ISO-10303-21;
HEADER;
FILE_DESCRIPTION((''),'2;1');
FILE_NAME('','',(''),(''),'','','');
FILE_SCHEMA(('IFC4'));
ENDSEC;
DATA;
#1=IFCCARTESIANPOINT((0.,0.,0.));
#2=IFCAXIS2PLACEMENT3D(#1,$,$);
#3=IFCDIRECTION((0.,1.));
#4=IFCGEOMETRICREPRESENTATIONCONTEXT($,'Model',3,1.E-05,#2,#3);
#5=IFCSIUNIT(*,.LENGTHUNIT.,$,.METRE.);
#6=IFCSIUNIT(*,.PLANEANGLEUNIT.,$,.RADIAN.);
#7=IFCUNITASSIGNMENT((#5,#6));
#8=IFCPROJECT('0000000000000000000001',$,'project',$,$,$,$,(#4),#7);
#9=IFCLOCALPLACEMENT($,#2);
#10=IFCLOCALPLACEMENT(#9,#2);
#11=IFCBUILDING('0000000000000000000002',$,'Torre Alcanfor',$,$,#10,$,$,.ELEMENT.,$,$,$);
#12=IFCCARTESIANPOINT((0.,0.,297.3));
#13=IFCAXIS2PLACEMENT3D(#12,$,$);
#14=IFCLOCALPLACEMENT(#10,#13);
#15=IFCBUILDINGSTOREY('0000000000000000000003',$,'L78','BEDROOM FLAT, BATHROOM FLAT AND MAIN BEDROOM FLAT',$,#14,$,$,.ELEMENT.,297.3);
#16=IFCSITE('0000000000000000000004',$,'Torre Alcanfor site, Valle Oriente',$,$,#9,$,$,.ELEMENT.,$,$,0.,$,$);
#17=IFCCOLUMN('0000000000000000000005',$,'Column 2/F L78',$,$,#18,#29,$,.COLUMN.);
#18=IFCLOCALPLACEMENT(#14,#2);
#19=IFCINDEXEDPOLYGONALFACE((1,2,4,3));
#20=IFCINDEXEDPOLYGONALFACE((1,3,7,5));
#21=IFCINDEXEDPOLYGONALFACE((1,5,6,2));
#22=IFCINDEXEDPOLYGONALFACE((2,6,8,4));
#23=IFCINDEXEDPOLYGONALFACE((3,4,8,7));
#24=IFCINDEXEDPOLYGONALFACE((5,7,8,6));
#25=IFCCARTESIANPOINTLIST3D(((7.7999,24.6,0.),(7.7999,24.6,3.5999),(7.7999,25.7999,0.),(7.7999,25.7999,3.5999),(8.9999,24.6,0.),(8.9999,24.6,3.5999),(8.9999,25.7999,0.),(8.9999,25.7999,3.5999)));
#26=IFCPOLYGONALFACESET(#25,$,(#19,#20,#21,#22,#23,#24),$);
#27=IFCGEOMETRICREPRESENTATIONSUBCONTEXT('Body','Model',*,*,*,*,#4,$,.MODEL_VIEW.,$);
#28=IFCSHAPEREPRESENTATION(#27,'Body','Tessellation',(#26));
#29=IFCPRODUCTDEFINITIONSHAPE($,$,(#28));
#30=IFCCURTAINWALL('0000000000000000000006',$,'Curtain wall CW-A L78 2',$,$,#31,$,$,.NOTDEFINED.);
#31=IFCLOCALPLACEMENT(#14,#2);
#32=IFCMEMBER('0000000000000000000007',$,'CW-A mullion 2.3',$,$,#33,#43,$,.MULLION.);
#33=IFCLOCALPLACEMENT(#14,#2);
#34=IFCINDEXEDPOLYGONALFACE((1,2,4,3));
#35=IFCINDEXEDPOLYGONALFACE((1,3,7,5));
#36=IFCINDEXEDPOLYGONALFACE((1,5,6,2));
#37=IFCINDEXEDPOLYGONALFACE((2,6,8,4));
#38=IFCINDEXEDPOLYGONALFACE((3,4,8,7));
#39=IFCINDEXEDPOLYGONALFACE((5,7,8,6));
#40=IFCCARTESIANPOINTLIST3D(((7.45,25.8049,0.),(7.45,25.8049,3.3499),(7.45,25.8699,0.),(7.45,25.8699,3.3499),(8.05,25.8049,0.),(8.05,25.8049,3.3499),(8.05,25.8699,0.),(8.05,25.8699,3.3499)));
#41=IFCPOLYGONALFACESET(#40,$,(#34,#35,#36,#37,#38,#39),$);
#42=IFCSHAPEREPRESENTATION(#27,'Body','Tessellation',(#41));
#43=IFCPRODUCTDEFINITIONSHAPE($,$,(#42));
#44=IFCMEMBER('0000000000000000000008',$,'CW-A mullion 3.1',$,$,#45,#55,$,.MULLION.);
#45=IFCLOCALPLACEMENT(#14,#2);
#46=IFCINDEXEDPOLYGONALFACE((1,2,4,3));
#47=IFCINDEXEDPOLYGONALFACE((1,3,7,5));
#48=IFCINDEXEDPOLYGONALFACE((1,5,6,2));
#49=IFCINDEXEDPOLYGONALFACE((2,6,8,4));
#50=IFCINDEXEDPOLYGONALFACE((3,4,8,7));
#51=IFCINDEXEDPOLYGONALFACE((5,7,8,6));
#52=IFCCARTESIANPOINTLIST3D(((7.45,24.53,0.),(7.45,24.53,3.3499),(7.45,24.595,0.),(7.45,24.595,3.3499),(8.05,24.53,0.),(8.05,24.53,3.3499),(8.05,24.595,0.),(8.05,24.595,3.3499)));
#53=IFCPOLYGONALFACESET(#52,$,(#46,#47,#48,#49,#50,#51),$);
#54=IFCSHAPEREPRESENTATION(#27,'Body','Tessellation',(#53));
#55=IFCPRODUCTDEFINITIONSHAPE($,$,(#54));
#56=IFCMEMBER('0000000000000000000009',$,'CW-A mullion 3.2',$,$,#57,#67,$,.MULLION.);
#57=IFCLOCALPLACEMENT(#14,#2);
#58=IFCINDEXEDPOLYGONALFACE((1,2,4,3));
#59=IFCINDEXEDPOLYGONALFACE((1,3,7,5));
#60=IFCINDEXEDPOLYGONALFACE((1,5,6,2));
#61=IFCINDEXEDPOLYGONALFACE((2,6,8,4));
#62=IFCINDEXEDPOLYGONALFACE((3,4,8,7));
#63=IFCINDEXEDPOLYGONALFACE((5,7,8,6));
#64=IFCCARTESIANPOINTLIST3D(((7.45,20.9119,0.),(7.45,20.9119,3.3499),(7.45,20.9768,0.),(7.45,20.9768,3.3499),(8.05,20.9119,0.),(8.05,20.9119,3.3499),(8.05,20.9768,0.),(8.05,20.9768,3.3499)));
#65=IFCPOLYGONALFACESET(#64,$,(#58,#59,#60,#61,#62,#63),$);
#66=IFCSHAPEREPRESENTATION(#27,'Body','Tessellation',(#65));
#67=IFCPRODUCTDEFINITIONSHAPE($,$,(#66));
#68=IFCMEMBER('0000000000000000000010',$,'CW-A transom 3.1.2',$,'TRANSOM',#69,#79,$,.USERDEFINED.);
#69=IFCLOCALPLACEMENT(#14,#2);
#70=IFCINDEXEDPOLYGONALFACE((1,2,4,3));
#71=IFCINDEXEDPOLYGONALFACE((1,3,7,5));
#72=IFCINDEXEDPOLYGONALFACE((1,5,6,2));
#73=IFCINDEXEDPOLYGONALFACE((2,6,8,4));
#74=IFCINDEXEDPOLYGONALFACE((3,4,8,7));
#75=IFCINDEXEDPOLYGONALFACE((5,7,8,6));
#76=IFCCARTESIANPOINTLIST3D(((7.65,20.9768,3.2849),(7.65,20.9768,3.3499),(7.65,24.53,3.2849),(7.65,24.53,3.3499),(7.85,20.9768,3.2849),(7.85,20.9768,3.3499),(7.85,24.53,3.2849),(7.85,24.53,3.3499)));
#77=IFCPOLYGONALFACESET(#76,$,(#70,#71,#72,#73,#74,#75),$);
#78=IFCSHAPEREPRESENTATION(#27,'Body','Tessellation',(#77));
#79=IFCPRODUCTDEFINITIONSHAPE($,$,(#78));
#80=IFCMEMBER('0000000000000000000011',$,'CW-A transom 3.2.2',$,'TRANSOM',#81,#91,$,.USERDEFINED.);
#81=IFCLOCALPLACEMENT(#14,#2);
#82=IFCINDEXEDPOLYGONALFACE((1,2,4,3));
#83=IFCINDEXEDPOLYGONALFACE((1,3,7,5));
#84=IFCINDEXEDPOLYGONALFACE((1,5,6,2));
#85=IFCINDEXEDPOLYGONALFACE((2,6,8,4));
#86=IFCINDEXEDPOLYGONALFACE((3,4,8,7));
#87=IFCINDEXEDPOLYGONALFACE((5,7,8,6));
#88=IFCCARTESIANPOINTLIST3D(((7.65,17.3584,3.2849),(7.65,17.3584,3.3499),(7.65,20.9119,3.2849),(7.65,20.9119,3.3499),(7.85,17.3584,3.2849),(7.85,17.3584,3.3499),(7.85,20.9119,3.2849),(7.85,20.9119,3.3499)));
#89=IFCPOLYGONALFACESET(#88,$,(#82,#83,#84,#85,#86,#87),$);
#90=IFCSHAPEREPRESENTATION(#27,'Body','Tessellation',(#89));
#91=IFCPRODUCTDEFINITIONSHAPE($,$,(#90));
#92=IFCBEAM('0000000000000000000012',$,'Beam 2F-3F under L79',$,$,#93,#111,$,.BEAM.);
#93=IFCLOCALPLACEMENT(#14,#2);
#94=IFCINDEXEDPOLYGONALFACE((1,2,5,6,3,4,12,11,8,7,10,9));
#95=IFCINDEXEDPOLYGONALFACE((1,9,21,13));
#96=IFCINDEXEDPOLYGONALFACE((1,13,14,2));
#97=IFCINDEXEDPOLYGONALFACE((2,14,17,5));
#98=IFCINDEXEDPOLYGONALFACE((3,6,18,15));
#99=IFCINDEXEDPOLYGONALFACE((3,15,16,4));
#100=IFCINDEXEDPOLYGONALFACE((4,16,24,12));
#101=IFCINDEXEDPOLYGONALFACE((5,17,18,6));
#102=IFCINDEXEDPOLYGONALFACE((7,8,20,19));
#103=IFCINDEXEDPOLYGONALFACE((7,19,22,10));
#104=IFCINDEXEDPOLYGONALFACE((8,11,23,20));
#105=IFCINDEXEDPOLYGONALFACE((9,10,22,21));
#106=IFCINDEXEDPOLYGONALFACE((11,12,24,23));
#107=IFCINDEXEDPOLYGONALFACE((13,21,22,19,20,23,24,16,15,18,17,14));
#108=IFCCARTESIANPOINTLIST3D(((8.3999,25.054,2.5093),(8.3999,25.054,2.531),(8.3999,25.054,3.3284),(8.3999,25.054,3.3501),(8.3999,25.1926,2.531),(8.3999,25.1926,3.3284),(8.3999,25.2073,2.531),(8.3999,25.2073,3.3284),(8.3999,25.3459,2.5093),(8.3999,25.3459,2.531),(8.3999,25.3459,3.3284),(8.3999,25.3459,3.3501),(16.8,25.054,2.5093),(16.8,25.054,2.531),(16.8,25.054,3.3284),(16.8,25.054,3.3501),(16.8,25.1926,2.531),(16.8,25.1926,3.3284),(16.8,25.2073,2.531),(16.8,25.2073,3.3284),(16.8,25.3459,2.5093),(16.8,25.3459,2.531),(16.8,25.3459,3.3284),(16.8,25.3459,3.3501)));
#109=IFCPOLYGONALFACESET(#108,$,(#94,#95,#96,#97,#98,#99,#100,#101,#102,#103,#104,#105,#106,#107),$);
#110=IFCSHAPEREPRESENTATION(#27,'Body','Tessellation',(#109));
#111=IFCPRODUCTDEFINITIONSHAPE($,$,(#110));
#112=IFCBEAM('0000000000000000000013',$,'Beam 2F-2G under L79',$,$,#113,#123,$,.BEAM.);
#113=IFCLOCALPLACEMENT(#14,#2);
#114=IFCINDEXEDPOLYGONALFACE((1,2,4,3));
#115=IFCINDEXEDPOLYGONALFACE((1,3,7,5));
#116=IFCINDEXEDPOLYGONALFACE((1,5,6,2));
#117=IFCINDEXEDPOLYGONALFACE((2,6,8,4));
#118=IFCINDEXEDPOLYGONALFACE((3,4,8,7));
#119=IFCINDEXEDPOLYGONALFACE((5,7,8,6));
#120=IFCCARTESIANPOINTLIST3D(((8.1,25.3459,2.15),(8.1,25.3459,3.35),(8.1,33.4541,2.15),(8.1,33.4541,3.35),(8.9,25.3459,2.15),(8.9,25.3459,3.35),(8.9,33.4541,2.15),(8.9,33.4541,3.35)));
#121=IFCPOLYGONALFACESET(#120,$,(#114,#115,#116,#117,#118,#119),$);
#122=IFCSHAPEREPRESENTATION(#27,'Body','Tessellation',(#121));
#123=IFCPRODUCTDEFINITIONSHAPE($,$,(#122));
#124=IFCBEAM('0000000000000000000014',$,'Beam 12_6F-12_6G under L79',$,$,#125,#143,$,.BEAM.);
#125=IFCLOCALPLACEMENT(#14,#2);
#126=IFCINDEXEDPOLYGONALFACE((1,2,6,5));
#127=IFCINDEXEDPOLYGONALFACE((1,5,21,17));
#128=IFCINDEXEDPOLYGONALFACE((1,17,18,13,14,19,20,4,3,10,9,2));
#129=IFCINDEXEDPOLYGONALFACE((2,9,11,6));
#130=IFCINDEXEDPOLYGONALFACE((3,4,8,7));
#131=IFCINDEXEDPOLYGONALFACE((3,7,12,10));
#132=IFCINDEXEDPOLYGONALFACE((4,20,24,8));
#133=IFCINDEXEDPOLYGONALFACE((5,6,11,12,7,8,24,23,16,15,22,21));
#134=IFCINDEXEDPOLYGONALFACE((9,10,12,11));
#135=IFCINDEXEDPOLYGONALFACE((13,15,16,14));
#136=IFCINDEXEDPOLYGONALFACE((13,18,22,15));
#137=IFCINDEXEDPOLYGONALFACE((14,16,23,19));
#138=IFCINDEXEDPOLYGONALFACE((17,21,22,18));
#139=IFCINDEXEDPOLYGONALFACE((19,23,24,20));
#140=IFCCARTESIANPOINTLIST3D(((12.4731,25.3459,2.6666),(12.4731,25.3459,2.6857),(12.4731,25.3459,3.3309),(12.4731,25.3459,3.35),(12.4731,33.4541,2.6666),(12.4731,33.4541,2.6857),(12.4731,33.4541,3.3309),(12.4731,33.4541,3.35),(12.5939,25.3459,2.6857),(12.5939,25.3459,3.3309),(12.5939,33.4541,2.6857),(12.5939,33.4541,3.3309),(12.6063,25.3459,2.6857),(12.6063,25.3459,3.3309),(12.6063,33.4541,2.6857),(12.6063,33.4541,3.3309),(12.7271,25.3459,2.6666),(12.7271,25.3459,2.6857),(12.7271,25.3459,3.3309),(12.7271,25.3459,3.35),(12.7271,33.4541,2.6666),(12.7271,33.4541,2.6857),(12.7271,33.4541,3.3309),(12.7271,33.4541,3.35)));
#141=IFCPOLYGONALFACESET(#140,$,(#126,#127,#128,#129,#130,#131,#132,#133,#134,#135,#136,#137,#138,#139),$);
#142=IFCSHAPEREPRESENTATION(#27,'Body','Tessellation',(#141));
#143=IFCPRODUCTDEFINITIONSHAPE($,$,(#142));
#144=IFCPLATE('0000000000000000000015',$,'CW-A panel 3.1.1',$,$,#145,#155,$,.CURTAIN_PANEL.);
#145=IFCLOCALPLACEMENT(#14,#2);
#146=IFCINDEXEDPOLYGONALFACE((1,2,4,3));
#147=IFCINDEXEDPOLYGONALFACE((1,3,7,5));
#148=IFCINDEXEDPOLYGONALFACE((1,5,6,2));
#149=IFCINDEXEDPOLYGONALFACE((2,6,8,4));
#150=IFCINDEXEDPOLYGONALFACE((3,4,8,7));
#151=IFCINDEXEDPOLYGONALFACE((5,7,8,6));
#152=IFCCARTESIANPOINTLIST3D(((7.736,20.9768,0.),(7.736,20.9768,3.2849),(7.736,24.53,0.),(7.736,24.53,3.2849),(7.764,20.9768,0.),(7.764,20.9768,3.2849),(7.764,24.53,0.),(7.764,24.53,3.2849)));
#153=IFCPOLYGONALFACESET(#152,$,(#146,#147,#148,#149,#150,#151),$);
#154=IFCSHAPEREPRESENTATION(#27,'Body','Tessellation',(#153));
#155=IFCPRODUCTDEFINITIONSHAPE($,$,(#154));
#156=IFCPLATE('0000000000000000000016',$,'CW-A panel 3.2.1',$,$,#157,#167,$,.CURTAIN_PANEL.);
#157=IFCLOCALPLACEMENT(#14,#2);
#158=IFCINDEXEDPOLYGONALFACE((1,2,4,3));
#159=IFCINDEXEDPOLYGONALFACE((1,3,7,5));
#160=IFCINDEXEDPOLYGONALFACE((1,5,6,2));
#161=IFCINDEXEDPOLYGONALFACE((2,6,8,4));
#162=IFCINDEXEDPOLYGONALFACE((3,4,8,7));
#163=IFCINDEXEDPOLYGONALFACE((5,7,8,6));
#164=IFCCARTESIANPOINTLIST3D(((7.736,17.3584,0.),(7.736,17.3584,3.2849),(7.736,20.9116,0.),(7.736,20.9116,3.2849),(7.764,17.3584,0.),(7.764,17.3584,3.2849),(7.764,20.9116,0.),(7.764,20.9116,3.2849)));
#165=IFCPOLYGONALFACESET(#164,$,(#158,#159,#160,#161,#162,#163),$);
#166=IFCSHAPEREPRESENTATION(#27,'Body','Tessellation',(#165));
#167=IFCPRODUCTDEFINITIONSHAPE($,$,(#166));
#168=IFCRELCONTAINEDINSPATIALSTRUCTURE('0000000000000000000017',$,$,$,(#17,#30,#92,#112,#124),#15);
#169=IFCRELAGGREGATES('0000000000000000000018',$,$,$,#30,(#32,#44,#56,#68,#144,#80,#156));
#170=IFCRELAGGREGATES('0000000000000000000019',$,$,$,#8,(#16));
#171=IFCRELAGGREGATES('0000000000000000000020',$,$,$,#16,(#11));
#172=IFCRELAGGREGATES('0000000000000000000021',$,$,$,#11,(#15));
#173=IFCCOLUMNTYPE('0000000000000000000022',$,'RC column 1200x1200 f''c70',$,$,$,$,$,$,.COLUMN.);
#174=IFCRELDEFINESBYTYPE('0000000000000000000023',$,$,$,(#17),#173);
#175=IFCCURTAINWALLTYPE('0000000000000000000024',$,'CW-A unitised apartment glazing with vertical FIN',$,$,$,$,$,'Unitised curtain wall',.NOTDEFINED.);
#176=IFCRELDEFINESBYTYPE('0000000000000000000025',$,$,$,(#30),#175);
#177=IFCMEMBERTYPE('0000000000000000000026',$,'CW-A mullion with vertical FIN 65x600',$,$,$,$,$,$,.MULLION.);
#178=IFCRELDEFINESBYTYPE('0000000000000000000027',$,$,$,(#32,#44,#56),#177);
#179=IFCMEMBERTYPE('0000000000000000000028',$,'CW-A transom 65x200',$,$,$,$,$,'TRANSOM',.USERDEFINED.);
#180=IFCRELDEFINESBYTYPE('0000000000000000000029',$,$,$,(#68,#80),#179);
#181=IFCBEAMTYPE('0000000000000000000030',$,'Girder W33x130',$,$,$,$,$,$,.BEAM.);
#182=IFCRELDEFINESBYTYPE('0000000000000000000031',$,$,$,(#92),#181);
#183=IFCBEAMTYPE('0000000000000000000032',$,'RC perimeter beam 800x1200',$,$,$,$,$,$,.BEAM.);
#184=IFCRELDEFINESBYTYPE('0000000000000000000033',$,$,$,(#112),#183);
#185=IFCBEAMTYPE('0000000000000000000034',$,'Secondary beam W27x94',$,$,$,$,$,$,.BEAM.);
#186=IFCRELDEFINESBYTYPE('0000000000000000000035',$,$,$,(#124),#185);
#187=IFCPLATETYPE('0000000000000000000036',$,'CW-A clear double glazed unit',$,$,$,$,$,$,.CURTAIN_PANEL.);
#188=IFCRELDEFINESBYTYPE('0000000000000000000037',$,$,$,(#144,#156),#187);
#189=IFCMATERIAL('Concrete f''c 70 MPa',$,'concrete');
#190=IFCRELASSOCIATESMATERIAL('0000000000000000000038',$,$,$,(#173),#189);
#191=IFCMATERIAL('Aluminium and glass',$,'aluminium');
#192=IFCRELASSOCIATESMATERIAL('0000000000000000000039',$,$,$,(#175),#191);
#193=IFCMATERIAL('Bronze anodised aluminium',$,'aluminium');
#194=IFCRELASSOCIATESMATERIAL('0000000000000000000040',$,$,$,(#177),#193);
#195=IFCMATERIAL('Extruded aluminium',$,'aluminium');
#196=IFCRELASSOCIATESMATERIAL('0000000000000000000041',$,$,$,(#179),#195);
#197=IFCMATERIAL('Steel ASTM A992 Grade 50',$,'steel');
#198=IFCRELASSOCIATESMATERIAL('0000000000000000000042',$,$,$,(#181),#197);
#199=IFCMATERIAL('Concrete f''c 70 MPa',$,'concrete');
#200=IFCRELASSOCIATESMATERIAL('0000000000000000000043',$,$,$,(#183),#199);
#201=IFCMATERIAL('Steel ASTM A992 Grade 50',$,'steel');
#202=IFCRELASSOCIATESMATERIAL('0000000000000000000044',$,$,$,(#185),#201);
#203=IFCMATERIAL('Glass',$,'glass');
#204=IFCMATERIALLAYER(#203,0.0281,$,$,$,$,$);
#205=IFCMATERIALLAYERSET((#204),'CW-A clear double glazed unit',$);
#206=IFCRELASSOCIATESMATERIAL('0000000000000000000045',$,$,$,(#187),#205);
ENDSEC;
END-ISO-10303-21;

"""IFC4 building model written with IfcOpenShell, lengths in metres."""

from ifc_helpers import new_model, si_unit, direction, frame, origin, origin_2d, place, context, subcontext, project, spatial, rectangle, i_section, extrude, material, layer, layer_set, material_profile, profile_set, type_object, element, aggregate, save


model = new_model("IFC4")

# Units and contexts
model_context = context("Model", 3, precision=1e-05, world=origin(), true_north=direction((0.0, 1.0)))
body_context = subcontext(model_context, "Body", "Model", "MODEL_VIEW")
ifc_project = project(units=[si_unit("LENGTHUNIT", "METRE"), si_unit("PLANEANGLEUNIT", "RADIAN")], contexts=[model_context])

# Site, building, storey
site_placement = place(None, origin())
site = spatial("IfcSite", under=ifc_project, at=site_placement, Name="Torre Alcanfor site, Valle Oriente", CompositionType="ELEMENT", RefElevation=0.0)
building_placement = place(site_placement, origin())
building = spatial("IfcBuilding", under=site, at=building_placement, Name="Torre Alcanfor", CompositionType="ELEMENT")
storey_placement = place(building_placement, frame((0.0, 0.0, 297.3)))
storey = spatial("IfcBuildingStorey", under=building, at=storey_placement, Name="L78", Description="BEDROOM FLAT, BATHROOM FLAT AND MAIN BEDROOM FLAT", CompositionType="ELEMENT", Elevation=297.3)

# Column
ifc_material_1 = material(Name="Concrete f'c 70 MPa", Category="concrete")
ifc_material_profile_1 = material_profile(ifc_material_1, rectangle(XDim=1.2, YDim=1.2, at=origin_2d()), Name="1200x1200")
ifc_profile_set_1 = profile_set([ifc_material_profile_1], Name="Concrete f'c 70 MPa")
column_type = type_object("IfcColumnType", Name="RC column 1200x1200 f'c70", PredefinedType="COLUMN", material=ifc_profile_set_1)
column_placement = place(storey_placement, frame((8.3999, 25.2, 0.0), z_axis=(0.0, 0.0, 1.0), x_axis=(1.0, 0.0, 0.0)))
element("IfcColumn", 1, at=column_placement, inside=storey, type_object=column_type, Name="Column 2/F L78", PredefinedType="COLUMN", context=body_context, shape_type="SweptSolid", body=[
    extrude(rectangle(XDim=1.2, YDim=1.2, at=origin_2d()), origin(), (0.0, 0.0, 1.0), 3.5999),
])

# Curtain wall, members
ifc_material_2 = material(Name="Aluminium and glass", Category="aluminium")
curtain_wall_type = type_object("IfcCurtainWallType", Name="CW-A unitised apartment glazing with vertical FIN", ElementType="Unitised curtain wall", PredefinedType="NOTDEFINED", material=ifc_material_2)
curtain_wall_placement = place(storey_placement, origin())
curtain_wall = element("IfcCurtainWall", 2, at=curtain_wall_placement, inside=storey, type_object=curtain_wall_type, Name="Curtain wall CW-A L78 2", PredefinedType="NOTDEFINED")
ifc_material_3 = material(Name="Bronze anodised aluminium", Category="aluminium")
ifc_material_profile_2 = material_profile(ifc_material_3, rectangle(XDim=0.6001, YDim=0.0649, at=origin_2d()), Name="CW-A mullion 65x600")
ifc_profile_set_2 = profile_set([ifc_material_profile_2], Name="Bronze anodised aluminium")
member_type_1 = type_object("IfcMemberType", Name="CW-A mullion with vertical FIN 65x600", PredefinedType="MULLION", material=ifc_profile_set_2)
member_1_placement = place(storey_placement, frame((7.75, 25.8374, 0.0), z_axis=(0.0, 0.0, 1.0), x_axis=(1.0, 0.0, 0.0)))
member_1 = element("IfcMember", 3, at=member_1_placement, type_object=member_type_1, Name="CW-A mullion 2.3", PredefinedType="MULLION", context=body_context, shape_type="SweptSolid", body=[
    extrude(rectangle(XDim=0.6001, YDim=0.0649, at=origin_2d()), origin(), (0.0, 0.0, 1.0), 3.3499),
])
member_2_placement = place(storey_placement, frame((7.75, 24.5625, 0.0), z_axis=(0.0, 0.0, 1.0), x_axis=(1.0, 0.0, 0.0)))
member_2 = element("IfcMember", 4, at=member_2_placement, type_object=member_type_1, Name="CW-A mullion 3.1", PredefinedType="MULLION", context=body_context, shape_type="SweptSolid", body=[
    extrude(rectangle(XDim=0.6001, YDim=0.0649, at=origin_2d()), origin(), (0.0, 0.0, 1.0), 3.3499),
])
member_3_placement = place(storey_placement, frame((7.75, 20.9443, 0.0), z_axis=(0.0, 0.0, 1.0), x_axis=(1.0, 0.0, 0.0)))
member_3 = element("IfcMember", 5, at=member_3_placement, type_object=member_type_1, Name="CW-A mullion 3.2", PredefinedType="MULLION", context=body_context, shape_type="SweptSolid", body=[
    extrude(rectangle(XDim=0.6001, YDim=0.0649, at=origin_2d()), origin(), (0.0, 0.0, 1.0), 3.3499),
])
ifc_material_4 = material(Name="Extruded aluminium", Category="aluminium")
ifc_material_profile_3 = material_profile(ifc_material_4, rectangle(XDim=0.2, YDim=0.0649, at=origin_2d()), Name="CW-A transom 200x65")
ifc_profile_set_3 = profile_set([ifc_material_profile_3], Name="Extruded aluminium")
member_type_2 = type_object("IfcMemberType", Name="CW-A transom 65x200", ElementType="TRANSOM", PredefinedType="USERDEFINED", material=ifc_profile_set_3)
member_4_placement = place(storey_placement, frame((7.75, 24.53, 3.3174), z_axis=(0.0, -1.0, 0.0), x_axis=(1.0, 0.0, 0.0)))
member_4 = element("IfcMember", 6, at=member_4_placement, type_object=member_type_2, Name="CW-A transom 3.1.2", ObjectType="TRANSOM", PredefinedType="USERDEFINED", context=body_context, shape_type="SweptSolid", body=[
    extrude(rectangle(XDim=0.2, YDim=0.0649, at=origin_2d()), origin(), (0.0, 0.0, 1.0), 3.5532),
])
member_5_placement = place(storey_placement, frame((7.75, 20.9119, 3.3174), z_axis=(0.0, -1.0, 0.0), x_axis=(1.0, 0.0, 0.0)))
member_5 = element("IfcMember", 7, at=member_5_placement, type_object=member_type_2, Name="CW-A transom 3.2.2", ObjectType="TRANSOM", PredefinedType="USERDEFINED", context=body_context, shape_type="SweptSolid", body=[
    extrude(rectangle(XDim=0.2, YDim=0.0649, at=origin_2d()), origin(), (0.0, 0.0, 1.0), 3.5535),
])

# Beams
ifc_material_5 = material(Name="Steel ASTM A992 Grade 50", Category="steel")
ifc_material_profile_4 = material_profile(ifc_material_5, i_section(OverallWidth=0.292, OverallDepth=0.8408, WebThickness=0.0146, FlangeThickness=0.0217, at=origin_2d()), Name="W33x130")
ifc_profile_set_4 = profile_set([ifc_material_profile_4], Name="Steel ASTM A992 Grade 50")
beam_type_1 = type_object("IfcBeamType", Name="Girder W33x130", PredefinedType="BEAM", material=ifc_profile_set_4)
beam_1_placement = place(storey_placement, frame((8.3999, 25.2, 2.9297), z_axis=(1.0, 0.0, 0.0), x_axis=(0.0, 1.0, 0.0)))
element("IfcBeam", 8, at=beam_1_placement, inside=storey, type_object=beam_type_1, Name="Beam 2F-3F under L79", PredefinedType="BEAM", context=body_context, shape_type="SweptSolid", body=[
    extrude(i_section(OverallWidth=0.292, OverallDepth=0.8408, WebThickness=0.0146, FlangeThickness=0.0217, at=origin_2d()), origin(), (0.0, 0.0, 1.0), 8.4001),
])
ifc_material_6 = material(Name="Concrete f'c 70 MPa", Category="concrete")
ifc_material_profile_5 = material_profile(ifc_material_6, rectangle(XDim=0.8, YDim=1.2, at=origin_2d()), Name="800x1200")
ifc_profile_set_5 = profile_set([ifc_material_profile_5], Name="Concrete f'c 70 MPa")
beam_type_2 = type_object("IfcBeamType", Name="RC perimeter beam 800x1200", PredefinedType="BEAM", material=ifc_profile_set_5)
beam_2_placement = place(storey_placement, frame((8.5, 25.3459, 2.75), z_axis=(0.0, 1.0, 0.0), x_axis=(-1.0, 0.0, 0.0)))
element("IfcBeam", 9, at=beam_2_placement, inside=storey, type_object=beam_type_2, Name="Beam 2F-2G under L79", PredefinedType="BEAM", context=body_context, shape_type="SweptSolid", body=[
    extrude(rectangle(XDim=0.8, YDim=1.2, at=origin_2d()), origin(), (0.0, 0.0, 1.0), 8.1082),
])
ifc_material_7 = material(Name="Steel ASTM A992 Grade 50", Category="steel")
ifc_material_profile_6 = material_profile(ifc_material_7, i_section(OverallWidth=0.2539, OverallDepth=0.6833, WebThickness=0.0125, FlangeThickness=0.019, at=origin_2d()), Name="W27x94")
ifc_profile_set_6 = profile_set([ifc_material_profile_6], Name="Steel ASTM A992 Grade 50")
beam_type_3 = type_object("IfcBeamType", Name="Secondary beam W27x94", PredefinedType="BEAM", material=ifc_profile_set_6)
beam_3_placement = place(storey_placement, frame((12.6001, 25.3459, 3.0083), z_axis=(0.0, 1.0, 0.0), x_axis=(-1.0, 0.0, 0.0)))
element("IfcBeam", 10, at=beam_3_placement, inside=storey, type_object=beam_type_3, Name="Beam 12_6F-12_6G under L79", PredefinedType="BEAM", context=body_context, shape_type="SweptSolid", body=[
    extrude(i_section(OverallWidth=0.2539, OverallDepth=0.6833, WebThickness=0.0125, FlangeThickness=0.019, at=origin_2d()), origin(), (0.0, 0.0, 1.0), 8.1082),
])

# Plates
ifc_material_8 = material(Name="Glass", Category="glass")
ifc_layer_1 = layer(ifc_material_8, 0.0281)
ifc_layer_set_1 = layer_set([ifc_layer_1], Name="CW-A clear double glazed unit")
plate_type = type_object("IfcPlateType", Name="CW-A clear double glazed unit", PredefinedType="CURTAIN_PANEL", material=ifc_layer_set_1)
plate_1_placement = place(storey_placement, frame((7.75, 22.7534, 0.0), z_axis=(0.0, 0.0, 1.0), x_axis=(0.0, -1.0, 0.0)))
plate_1 = element("IfcPlate", 11, at=plate_1_placement, type_object=plate_type, Name="CW-A panel 3.1.1", PredefinedType="CURTAIN_PANEL", context=body_context, shape_type="SweptSolid", body=[
    extrude(rectangle(XDim=3.5532, YDim=0.0281, at=origin_2d()), origin(), (0.0, 0.0, 1.0), 3.2849),
])
plate_2_placement = place(storey_placement, frame((7.75, 19.135, 0.0), z_axis=(0.0, 0.0, 1.0), x_axis=(0.0, -1.0, 0.0)))
plate_2 = element("IfcPlate", 12, at=plate_2_placement, type_object=plate_type, Name="CW-A panel 3.2.1", PredefinedType="CURTAIN_PANEL", context=body_context, shape_type="SweptSolid", body=[
    extrude(rectangle(XDim=3.5532, YDim=0.0281, at=origin_2d()), origin(), (0.0, 0.0, 1.0), 3.2849),
])
aggregate(curtain_wall, [member_1, member_2, member_3, member_4, plate_1, member_5, plate_2])

save(model, "model.ifc")
